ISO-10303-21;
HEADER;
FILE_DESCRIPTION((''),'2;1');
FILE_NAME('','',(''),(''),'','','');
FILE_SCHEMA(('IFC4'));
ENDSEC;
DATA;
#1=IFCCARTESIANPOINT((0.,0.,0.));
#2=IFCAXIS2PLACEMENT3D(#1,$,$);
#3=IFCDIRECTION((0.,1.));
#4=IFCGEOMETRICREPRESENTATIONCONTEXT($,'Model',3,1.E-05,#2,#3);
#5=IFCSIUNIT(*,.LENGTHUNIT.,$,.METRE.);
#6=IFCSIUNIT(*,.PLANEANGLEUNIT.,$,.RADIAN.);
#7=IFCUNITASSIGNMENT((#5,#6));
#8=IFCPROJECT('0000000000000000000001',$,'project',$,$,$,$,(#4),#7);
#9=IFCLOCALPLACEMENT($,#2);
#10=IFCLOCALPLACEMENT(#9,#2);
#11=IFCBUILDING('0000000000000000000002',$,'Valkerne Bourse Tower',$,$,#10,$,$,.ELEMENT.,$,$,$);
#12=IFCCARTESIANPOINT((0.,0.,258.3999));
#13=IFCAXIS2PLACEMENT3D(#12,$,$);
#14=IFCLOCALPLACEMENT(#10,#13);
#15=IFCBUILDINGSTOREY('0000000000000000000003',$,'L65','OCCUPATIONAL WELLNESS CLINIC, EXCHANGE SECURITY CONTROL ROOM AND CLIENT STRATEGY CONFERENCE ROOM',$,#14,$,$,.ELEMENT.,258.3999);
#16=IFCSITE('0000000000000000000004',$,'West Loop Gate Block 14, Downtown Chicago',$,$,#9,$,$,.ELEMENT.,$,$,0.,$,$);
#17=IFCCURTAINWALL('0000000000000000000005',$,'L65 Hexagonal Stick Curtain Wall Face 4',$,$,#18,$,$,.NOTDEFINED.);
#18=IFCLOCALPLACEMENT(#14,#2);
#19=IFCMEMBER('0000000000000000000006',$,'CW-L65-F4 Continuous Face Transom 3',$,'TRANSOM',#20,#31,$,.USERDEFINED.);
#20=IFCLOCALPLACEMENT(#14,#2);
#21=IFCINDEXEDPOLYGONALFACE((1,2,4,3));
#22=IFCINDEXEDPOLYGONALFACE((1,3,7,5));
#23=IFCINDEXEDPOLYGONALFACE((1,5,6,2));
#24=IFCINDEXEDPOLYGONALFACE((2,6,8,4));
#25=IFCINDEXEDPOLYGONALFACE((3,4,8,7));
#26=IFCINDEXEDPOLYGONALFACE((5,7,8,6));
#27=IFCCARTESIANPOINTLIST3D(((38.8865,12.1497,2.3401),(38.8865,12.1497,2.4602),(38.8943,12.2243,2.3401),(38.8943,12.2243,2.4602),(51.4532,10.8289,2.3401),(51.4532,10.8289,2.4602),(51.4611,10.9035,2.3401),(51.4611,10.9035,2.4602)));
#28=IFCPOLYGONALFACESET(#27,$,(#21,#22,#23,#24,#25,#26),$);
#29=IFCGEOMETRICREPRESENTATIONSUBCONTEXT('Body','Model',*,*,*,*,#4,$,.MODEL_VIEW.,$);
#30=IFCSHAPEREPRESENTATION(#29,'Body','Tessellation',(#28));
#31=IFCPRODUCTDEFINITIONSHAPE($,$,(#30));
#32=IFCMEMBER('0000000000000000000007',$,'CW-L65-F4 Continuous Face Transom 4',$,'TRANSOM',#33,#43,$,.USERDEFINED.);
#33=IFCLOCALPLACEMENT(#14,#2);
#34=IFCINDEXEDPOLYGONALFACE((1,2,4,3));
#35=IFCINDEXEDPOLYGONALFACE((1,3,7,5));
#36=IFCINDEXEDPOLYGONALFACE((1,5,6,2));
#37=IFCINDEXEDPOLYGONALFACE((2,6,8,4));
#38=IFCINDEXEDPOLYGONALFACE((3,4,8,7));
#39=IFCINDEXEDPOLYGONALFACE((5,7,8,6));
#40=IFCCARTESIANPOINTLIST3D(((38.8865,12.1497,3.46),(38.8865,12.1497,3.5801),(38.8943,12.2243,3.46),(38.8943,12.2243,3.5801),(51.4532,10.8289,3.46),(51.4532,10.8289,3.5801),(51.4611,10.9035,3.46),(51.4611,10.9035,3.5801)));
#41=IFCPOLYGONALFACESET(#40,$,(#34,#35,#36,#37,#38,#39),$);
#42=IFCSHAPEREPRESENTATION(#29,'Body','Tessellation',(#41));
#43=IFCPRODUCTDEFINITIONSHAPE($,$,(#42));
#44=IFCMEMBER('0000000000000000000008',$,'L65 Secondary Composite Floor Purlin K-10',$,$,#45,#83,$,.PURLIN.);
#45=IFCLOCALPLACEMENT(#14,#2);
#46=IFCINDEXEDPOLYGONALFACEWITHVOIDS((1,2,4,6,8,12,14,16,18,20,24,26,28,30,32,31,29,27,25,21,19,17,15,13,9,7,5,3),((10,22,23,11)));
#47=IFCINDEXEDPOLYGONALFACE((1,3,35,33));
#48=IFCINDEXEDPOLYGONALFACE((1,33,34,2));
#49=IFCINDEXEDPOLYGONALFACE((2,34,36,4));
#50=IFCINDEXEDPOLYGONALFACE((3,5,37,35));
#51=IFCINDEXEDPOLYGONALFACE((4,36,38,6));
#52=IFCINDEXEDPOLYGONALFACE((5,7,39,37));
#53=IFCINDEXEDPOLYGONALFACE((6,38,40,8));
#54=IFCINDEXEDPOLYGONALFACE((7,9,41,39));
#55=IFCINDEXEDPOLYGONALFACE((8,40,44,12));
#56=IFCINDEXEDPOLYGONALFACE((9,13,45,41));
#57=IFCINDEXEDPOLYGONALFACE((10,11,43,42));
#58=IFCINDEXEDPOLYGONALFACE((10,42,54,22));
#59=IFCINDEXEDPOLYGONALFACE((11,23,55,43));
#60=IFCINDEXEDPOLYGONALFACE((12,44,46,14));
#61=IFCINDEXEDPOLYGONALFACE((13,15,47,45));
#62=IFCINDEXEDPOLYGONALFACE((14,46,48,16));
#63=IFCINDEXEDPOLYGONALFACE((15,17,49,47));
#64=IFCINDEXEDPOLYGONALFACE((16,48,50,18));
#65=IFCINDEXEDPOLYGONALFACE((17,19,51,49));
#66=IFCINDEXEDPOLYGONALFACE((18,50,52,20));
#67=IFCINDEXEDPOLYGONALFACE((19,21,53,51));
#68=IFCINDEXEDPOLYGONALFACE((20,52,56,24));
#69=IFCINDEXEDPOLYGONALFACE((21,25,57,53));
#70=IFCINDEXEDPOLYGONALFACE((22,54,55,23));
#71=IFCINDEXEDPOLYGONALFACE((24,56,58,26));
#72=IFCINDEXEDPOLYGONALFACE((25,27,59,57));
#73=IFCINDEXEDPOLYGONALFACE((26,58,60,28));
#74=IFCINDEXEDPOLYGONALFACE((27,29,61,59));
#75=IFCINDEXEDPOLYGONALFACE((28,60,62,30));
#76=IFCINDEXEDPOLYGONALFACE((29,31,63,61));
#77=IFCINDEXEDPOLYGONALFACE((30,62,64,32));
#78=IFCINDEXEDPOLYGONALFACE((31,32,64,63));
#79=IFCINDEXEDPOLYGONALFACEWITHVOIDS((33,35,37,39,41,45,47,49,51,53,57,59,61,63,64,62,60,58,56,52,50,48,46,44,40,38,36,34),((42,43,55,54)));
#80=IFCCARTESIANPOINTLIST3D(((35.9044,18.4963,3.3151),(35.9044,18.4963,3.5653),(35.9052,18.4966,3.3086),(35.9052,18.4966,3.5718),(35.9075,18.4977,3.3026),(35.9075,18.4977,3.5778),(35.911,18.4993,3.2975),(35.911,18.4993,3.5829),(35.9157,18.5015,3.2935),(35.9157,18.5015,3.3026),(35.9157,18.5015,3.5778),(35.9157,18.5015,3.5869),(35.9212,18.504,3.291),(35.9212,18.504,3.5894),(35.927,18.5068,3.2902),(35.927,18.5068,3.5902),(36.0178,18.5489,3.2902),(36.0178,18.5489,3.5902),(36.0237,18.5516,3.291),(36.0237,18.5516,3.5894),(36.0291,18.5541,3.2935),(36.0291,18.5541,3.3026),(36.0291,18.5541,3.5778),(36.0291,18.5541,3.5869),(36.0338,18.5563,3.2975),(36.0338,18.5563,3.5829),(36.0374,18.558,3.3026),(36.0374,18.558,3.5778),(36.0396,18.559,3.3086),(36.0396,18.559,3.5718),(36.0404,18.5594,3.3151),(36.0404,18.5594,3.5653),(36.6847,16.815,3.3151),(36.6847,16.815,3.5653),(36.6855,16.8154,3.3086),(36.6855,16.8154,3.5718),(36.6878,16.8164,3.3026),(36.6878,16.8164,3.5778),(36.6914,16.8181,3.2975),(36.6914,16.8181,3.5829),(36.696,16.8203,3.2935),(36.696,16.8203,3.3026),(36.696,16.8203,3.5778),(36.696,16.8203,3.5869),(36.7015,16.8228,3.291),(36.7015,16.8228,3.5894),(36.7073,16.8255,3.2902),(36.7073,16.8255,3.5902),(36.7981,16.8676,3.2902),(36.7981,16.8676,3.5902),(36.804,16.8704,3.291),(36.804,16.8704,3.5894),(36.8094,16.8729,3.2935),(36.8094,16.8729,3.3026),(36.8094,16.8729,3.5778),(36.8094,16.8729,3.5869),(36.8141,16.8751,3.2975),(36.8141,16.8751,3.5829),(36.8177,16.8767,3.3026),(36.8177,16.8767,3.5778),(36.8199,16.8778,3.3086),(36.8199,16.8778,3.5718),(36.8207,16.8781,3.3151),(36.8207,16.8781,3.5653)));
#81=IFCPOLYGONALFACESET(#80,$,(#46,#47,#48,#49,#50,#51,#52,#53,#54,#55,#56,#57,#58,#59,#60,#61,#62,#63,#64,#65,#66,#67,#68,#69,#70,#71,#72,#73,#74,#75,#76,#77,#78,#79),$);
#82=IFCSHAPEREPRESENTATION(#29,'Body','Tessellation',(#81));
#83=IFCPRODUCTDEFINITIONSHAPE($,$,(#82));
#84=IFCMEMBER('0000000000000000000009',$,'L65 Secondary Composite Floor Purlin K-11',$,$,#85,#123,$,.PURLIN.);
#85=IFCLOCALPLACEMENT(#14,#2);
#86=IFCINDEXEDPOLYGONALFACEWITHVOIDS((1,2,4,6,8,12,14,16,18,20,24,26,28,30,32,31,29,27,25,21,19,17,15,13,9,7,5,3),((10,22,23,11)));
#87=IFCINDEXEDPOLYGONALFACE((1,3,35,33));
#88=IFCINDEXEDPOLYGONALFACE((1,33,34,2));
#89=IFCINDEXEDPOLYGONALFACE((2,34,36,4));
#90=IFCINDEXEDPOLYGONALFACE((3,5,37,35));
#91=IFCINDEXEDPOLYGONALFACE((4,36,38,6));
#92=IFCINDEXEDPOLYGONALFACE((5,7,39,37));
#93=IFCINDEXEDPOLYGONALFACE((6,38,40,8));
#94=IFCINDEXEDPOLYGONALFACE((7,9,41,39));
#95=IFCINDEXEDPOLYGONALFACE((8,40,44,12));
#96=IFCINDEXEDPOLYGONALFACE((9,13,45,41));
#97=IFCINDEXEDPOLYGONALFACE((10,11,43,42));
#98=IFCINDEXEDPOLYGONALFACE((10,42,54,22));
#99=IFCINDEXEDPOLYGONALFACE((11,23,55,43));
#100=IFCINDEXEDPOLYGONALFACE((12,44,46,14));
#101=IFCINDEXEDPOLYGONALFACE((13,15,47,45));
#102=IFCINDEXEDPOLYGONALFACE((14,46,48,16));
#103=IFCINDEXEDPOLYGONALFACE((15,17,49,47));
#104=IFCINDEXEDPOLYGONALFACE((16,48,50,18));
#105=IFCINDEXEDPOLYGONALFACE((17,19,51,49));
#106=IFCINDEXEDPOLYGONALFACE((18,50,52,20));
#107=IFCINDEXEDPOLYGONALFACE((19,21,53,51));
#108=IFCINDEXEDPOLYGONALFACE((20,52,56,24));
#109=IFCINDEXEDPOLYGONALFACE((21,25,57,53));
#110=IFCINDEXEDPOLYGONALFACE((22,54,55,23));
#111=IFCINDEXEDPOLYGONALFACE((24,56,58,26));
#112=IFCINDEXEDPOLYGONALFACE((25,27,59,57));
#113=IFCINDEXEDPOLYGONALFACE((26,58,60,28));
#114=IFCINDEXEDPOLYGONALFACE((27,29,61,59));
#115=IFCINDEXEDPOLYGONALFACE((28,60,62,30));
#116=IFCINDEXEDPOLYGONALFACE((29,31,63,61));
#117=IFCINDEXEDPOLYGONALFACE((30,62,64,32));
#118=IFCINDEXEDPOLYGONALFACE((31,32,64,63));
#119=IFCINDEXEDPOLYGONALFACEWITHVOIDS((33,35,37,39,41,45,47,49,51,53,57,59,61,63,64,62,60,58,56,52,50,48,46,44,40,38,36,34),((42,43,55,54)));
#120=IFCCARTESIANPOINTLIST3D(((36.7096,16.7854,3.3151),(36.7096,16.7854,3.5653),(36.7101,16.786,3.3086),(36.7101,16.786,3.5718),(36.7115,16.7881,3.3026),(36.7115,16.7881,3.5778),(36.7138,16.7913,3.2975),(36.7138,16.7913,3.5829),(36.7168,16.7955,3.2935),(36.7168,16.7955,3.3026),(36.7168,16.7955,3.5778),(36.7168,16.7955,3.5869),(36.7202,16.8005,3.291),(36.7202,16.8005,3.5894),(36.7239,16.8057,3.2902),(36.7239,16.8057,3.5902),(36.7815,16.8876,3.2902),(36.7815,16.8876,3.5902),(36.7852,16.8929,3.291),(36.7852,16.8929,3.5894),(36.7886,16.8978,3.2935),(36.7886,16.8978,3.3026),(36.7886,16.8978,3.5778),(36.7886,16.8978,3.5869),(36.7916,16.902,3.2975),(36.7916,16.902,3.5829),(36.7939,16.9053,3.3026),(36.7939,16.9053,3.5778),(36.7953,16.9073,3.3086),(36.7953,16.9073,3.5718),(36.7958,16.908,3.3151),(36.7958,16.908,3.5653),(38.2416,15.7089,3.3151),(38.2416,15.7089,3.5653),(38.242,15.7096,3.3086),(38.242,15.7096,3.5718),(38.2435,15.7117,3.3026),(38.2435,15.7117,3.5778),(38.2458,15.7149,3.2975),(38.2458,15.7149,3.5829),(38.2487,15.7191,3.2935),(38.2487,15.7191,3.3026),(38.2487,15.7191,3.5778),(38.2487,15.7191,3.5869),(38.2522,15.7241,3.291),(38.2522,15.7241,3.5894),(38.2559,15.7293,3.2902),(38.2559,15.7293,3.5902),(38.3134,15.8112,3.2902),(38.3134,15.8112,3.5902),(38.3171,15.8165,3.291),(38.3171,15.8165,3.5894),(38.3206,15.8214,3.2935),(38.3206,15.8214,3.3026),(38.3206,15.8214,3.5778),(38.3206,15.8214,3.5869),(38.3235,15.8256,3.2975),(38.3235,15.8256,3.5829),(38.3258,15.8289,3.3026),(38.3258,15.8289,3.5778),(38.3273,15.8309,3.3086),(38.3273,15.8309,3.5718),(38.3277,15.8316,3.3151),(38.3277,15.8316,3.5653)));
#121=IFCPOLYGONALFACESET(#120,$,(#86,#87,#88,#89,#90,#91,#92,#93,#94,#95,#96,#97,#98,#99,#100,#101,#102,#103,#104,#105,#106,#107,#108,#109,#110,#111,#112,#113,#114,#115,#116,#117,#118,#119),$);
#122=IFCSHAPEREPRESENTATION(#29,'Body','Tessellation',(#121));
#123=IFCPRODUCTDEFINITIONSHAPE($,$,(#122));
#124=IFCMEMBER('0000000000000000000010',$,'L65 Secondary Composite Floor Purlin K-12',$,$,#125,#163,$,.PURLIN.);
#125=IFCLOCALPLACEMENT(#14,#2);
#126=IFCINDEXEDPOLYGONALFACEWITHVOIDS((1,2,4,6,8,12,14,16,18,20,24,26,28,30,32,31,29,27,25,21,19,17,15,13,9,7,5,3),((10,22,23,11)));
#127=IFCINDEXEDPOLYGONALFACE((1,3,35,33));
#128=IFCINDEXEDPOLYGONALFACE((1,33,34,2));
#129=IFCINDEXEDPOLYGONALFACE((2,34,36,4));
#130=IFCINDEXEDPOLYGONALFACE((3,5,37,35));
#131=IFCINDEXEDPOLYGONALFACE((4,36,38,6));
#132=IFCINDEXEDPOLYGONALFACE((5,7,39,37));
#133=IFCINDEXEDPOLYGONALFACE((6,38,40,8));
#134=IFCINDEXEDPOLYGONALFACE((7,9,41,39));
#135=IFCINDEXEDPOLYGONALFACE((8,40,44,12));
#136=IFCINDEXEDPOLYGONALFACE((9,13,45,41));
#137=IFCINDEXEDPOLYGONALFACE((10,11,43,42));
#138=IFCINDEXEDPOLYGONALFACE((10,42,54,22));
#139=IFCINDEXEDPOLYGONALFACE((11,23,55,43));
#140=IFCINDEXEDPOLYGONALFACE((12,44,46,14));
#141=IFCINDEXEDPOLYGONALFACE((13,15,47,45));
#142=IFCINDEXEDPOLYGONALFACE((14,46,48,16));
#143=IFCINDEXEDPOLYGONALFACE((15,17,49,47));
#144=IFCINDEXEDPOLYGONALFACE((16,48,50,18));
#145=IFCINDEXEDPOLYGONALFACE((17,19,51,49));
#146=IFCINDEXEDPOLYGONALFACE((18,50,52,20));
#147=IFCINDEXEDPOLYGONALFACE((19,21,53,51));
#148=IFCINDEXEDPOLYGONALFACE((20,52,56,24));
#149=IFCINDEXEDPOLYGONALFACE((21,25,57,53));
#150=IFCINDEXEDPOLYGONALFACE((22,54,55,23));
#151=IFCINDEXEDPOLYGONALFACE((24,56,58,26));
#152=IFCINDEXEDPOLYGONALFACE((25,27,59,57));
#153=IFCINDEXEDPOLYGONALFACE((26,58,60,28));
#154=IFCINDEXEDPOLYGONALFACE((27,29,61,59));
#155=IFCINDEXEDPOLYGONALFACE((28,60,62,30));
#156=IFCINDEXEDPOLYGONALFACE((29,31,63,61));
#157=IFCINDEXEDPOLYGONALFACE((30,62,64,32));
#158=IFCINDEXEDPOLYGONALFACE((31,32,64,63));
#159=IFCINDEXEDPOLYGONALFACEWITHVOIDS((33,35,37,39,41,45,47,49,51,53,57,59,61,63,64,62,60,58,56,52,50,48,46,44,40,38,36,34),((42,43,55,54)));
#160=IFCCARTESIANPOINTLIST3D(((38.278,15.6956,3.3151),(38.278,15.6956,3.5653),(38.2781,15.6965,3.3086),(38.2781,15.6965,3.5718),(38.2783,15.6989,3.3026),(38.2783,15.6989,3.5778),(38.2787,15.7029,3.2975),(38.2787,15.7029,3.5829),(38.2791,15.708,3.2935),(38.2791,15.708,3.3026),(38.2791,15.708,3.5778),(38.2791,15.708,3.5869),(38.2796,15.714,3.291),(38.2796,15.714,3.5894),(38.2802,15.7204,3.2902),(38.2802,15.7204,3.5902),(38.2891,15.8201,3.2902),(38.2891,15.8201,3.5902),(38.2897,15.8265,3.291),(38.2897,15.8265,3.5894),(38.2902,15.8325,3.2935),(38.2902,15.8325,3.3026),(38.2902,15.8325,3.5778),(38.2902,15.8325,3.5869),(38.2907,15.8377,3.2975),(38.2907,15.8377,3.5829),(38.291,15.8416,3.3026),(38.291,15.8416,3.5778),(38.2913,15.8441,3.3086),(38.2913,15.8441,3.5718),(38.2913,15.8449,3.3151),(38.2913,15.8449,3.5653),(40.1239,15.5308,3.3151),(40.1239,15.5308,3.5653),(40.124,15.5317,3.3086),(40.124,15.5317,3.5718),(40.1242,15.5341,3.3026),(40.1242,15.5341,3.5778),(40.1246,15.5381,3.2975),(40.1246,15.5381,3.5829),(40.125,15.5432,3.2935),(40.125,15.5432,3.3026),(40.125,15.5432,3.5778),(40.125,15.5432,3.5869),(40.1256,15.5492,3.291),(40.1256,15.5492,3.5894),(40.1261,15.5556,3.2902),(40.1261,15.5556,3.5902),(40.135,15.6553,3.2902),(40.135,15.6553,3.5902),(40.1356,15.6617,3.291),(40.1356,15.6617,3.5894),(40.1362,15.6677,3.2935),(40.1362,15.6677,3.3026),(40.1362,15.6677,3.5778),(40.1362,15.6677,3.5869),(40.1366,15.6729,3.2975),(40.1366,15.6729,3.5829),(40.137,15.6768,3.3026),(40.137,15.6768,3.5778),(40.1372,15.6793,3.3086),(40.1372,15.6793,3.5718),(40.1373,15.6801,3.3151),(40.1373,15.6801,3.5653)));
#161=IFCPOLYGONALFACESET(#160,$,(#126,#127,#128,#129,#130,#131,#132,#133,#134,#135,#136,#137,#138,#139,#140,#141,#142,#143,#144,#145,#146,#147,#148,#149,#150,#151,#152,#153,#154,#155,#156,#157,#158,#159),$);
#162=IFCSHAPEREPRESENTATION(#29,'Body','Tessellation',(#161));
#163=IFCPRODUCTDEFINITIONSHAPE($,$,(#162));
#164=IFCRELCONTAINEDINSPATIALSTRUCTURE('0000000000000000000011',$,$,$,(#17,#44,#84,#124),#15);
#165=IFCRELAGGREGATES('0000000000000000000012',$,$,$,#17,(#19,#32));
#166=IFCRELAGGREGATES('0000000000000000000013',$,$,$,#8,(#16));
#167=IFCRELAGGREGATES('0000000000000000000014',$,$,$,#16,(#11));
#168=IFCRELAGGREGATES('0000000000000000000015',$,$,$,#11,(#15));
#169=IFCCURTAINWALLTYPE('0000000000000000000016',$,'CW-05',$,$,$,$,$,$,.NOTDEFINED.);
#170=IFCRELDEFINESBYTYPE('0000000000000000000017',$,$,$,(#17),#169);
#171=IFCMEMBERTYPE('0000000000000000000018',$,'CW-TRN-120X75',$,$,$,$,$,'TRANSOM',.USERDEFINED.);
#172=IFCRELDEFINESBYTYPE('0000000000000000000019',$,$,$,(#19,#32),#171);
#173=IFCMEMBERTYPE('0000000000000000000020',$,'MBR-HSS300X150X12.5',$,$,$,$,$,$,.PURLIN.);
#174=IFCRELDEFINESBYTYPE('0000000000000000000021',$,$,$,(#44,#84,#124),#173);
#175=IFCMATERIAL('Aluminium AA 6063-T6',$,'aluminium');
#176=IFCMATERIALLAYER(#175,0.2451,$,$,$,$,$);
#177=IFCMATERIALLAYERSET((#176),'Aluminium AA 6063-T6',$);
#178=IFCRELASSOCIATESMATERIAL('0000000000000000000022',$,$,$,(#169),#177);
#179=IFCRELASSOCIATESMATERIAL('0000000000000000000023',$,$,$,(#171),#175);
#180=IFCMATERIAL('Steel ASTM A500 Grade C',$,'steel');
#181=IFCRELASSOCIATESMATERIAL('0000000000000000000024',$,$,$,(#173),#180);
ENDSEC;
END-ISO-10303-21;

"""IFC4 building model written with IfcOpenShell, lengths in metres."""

from ifc_helpers import new_model, si_unit, direction, frame, origin, origin_2d, place, context, subcontext, project, spatial, rectangle, hollow_rectangle, extrude, material, layer, layer_set, material_profile, profile_set, type_object, element, aggregate, save


model = new_model("IFC4")

# Units and contexts
model_context = context("Model", 3, precision=1e-05, world=origin(), true_north=direction((0.0, 1.0)))
body_context = subcontext(model_context, "Body", "Model", "MODEL_VIEW")
ifc_project = project(units=[si_unit("LENGTHUNIT", "METRE"), si_unit("PLANEANGLEUNIT", "RADIAN")], contexts=[model_context])

# Site, building, storey
site_placement = place(None, origin())
site = spatial("IfcSite", under=ifc_project, at=site_placement, Name="West Loop Gate Block 14, Downtown Chicago", CompositionType="ELEMENT", RefElevation=0.0)
building_placement = place(site_placement, origin())
building = spatial("IfcBuilding", under=site, at=building_placement, Name="Valkerne Bourse Tower", CompositionType="ELEMENT")
storey_placement = place(building_placement, frame((0.0, 0.0, 258.3999)))
storey = spatial("IfcBuildingStorey", under=building, at=storey_placement, Name="L65", Description="OCCUPATIONAL WELLNESS CLINIC, EXCHANGE SECURITY CONTROL ROOM AND CLIENT STRATEGY CONFERENCE ROOM", CompositionType="ELEMENT", Elevation=258.3999)

# Curtain wall, members
ifc_material_1 = material(Name="Aluminium AA 6063-T6", Category="aluminium")
ifc_layer_1 = layer(ifc_material_1, 0.2451)
ifc_layer_set_1 = layer_set([ifc_layer_1], Name="Aluminium AA 6063-T6")
curtain_wall_type = type_object("IfcCurtainWallType", Name="CW-05", PredefinedType="NOTDEFINED", material=ifc_layer_set_1)
curtain_wall_placement = place(storey_placement, origin())
curtain_wall = element("IfcCurtainWall", 1, at=curtain_wall_placement, inside=storey, type_object=curtain_wall_type, Name="L65 Hexagonal Stick Curtain Wall Face 4", PredefinedType="NOTDEFINED")
ifc_material_profile_1 = material_profile(ifc_material_1, rectangle(XDim=0.075, YDim=0.1201, at=origin_2d()), Name="CWT-75X120")
ifc_profile_set_1 = profile_set([ifc_material_profile_1], Name="Aluminium AA 6063-T6")
member_type_1 = type_object("IfcMemberType", Name="CW-TRN-120X75", ElementType="TRANSOM", PredefinedType="USERDEFINED", material=ifc_profile_set_1)
member_1_placement = place(storey_placement, frame((38.8904, 12.187, 2.4001), z_axis=(0.994522, -0.104528, 0.0), x_axis=(0.104528, 0.994522, 0.0)))
member_1 = element("IfcMember", 2, at=member_1_placement, type_object=member_type_1, Name="CW-L65-F4 Continuous Face Transom 3", ObjectType="TRANSOM", PredefinedType="USERDEFINED", context=body_context, shape_type="SweptSolid", body=[
    extrude(rectangle(XDim=0.075, YDim=0.1201, at=origin_2d()), origin(), (0.0, 0.0, 1.0), 12.636),
])
member_2_placement = place(storey_placement, frame((38.8904, 12.187, 3.52), z_axis=(0.994522, -0.104528, 0.0), x_axis=(0.104528, 0.994522, 0.0)))
member_2 = element("IfcMember", 3, at=member_2_placement, type_object=member_type_1, Name="CW-L65-F4 Continuous Face Transom 4", ObjectType="TRANSOM", PredefinedType="USERDEFINED", context=body_context, shape_type="SweptSolid", body=[
    extrude(rectangle(XDim=0.075, YDim=0.1201, at=origin_2d()), origin(), (0.0, 0.0, 1.0), 12.636),
])
aggregate(curtain_wall, [member_1, member_2])

# Members
ifc_material_2 = material(Name="Steel ASTM A500 Grade C", Category="steel")
ifc_material_profile_2 = material_profile(ifc_material_2, hollow_rectangle(XDim=0.1499, YDim=0.3, WallThickness=0.0125, OuterFilletRadius=0.0249, at=origin_2d()), Name="HSS300X150X12.5")
ifc_profile_set_2 = profile_set([ifc_material_profile_2], Name="Steel ASTM A500 Grade C")
member_type_2 = type_object("IfcMemberType", Name="MBR-HSS300X150X12.5", PredefinedType="PURLIN", material=ifc_profile_set_2)
member_3_placement = place(storey_placement, frame((35.9724, 18.5278, 3.4402), z_axis=(0.420995, -0.907063, 0.0), x_axis=(0.907063, 0.420995, 0.0)))
element("IfcMember", 4, at=member_3_placement, inside=storey, type_object=member_type_2, Name="L65 Secondary Composite Floor Purlin K-10", PredefinedType="PURLIN", context=body_context, shape_type="SweptSolid", body=[
    extrude(hollow_rectangle(XDim=0.1499, YDim=0.3, WallThickness=0.0125, OuterFilletRadius=0.0249, at=origin_2d()), origin(), (0.0, 0.0, 1.0), 1.8535),
])
member_4_placement = place(storey_placement, frame((36.7527, 16.8467, 3.4402), z_axis=(0.81822, -0.574905, 0.0), x_axis=(0.574905, 0.81822, 0.0)))
element("IfcMember", 5, at=member_4_placement, inside=storey, type_object=member_type_2, Name="L65 Secondary Composite Floor Purlin K-11", PredefinedType="PURLIN", context=body_context, shape_type="SweptSolid", body=[
    extrude(hollow_rectangle(XDim=0.1499, YDim=0.3, WallThickness=0.0125, OuterFilletRadius=0.0249, at=origin_2d()), origin(), (0.0, 0.0, 1.0), 1.8723),
])
member_5_placement = place(storey_placement, frame((38.2847, 15.7703, 3.4402), z_axis=(0.996039, -0.08892, 0.0), x_axis=(0.08892, 0.996039, 0.0)))
element("IfcMember", 6, at=member_5_placement, inside=storey, type_object=member_type_2, Name="L65 Secondary Composite Floor Purlin K-12", PredefinedType="PURLIN", context=body_context, shape_type="SweptSolid", body=[
    extrude(hollow_rectangle(XDim=0.1499, YDim=0.3, WallThickness=0.0125, OuterFilletRadius=0.0249, at=origin_2d()), origin(), (0.0, 0.0, 1.0), 1.8533),
])

save(model, "model.ifc")
